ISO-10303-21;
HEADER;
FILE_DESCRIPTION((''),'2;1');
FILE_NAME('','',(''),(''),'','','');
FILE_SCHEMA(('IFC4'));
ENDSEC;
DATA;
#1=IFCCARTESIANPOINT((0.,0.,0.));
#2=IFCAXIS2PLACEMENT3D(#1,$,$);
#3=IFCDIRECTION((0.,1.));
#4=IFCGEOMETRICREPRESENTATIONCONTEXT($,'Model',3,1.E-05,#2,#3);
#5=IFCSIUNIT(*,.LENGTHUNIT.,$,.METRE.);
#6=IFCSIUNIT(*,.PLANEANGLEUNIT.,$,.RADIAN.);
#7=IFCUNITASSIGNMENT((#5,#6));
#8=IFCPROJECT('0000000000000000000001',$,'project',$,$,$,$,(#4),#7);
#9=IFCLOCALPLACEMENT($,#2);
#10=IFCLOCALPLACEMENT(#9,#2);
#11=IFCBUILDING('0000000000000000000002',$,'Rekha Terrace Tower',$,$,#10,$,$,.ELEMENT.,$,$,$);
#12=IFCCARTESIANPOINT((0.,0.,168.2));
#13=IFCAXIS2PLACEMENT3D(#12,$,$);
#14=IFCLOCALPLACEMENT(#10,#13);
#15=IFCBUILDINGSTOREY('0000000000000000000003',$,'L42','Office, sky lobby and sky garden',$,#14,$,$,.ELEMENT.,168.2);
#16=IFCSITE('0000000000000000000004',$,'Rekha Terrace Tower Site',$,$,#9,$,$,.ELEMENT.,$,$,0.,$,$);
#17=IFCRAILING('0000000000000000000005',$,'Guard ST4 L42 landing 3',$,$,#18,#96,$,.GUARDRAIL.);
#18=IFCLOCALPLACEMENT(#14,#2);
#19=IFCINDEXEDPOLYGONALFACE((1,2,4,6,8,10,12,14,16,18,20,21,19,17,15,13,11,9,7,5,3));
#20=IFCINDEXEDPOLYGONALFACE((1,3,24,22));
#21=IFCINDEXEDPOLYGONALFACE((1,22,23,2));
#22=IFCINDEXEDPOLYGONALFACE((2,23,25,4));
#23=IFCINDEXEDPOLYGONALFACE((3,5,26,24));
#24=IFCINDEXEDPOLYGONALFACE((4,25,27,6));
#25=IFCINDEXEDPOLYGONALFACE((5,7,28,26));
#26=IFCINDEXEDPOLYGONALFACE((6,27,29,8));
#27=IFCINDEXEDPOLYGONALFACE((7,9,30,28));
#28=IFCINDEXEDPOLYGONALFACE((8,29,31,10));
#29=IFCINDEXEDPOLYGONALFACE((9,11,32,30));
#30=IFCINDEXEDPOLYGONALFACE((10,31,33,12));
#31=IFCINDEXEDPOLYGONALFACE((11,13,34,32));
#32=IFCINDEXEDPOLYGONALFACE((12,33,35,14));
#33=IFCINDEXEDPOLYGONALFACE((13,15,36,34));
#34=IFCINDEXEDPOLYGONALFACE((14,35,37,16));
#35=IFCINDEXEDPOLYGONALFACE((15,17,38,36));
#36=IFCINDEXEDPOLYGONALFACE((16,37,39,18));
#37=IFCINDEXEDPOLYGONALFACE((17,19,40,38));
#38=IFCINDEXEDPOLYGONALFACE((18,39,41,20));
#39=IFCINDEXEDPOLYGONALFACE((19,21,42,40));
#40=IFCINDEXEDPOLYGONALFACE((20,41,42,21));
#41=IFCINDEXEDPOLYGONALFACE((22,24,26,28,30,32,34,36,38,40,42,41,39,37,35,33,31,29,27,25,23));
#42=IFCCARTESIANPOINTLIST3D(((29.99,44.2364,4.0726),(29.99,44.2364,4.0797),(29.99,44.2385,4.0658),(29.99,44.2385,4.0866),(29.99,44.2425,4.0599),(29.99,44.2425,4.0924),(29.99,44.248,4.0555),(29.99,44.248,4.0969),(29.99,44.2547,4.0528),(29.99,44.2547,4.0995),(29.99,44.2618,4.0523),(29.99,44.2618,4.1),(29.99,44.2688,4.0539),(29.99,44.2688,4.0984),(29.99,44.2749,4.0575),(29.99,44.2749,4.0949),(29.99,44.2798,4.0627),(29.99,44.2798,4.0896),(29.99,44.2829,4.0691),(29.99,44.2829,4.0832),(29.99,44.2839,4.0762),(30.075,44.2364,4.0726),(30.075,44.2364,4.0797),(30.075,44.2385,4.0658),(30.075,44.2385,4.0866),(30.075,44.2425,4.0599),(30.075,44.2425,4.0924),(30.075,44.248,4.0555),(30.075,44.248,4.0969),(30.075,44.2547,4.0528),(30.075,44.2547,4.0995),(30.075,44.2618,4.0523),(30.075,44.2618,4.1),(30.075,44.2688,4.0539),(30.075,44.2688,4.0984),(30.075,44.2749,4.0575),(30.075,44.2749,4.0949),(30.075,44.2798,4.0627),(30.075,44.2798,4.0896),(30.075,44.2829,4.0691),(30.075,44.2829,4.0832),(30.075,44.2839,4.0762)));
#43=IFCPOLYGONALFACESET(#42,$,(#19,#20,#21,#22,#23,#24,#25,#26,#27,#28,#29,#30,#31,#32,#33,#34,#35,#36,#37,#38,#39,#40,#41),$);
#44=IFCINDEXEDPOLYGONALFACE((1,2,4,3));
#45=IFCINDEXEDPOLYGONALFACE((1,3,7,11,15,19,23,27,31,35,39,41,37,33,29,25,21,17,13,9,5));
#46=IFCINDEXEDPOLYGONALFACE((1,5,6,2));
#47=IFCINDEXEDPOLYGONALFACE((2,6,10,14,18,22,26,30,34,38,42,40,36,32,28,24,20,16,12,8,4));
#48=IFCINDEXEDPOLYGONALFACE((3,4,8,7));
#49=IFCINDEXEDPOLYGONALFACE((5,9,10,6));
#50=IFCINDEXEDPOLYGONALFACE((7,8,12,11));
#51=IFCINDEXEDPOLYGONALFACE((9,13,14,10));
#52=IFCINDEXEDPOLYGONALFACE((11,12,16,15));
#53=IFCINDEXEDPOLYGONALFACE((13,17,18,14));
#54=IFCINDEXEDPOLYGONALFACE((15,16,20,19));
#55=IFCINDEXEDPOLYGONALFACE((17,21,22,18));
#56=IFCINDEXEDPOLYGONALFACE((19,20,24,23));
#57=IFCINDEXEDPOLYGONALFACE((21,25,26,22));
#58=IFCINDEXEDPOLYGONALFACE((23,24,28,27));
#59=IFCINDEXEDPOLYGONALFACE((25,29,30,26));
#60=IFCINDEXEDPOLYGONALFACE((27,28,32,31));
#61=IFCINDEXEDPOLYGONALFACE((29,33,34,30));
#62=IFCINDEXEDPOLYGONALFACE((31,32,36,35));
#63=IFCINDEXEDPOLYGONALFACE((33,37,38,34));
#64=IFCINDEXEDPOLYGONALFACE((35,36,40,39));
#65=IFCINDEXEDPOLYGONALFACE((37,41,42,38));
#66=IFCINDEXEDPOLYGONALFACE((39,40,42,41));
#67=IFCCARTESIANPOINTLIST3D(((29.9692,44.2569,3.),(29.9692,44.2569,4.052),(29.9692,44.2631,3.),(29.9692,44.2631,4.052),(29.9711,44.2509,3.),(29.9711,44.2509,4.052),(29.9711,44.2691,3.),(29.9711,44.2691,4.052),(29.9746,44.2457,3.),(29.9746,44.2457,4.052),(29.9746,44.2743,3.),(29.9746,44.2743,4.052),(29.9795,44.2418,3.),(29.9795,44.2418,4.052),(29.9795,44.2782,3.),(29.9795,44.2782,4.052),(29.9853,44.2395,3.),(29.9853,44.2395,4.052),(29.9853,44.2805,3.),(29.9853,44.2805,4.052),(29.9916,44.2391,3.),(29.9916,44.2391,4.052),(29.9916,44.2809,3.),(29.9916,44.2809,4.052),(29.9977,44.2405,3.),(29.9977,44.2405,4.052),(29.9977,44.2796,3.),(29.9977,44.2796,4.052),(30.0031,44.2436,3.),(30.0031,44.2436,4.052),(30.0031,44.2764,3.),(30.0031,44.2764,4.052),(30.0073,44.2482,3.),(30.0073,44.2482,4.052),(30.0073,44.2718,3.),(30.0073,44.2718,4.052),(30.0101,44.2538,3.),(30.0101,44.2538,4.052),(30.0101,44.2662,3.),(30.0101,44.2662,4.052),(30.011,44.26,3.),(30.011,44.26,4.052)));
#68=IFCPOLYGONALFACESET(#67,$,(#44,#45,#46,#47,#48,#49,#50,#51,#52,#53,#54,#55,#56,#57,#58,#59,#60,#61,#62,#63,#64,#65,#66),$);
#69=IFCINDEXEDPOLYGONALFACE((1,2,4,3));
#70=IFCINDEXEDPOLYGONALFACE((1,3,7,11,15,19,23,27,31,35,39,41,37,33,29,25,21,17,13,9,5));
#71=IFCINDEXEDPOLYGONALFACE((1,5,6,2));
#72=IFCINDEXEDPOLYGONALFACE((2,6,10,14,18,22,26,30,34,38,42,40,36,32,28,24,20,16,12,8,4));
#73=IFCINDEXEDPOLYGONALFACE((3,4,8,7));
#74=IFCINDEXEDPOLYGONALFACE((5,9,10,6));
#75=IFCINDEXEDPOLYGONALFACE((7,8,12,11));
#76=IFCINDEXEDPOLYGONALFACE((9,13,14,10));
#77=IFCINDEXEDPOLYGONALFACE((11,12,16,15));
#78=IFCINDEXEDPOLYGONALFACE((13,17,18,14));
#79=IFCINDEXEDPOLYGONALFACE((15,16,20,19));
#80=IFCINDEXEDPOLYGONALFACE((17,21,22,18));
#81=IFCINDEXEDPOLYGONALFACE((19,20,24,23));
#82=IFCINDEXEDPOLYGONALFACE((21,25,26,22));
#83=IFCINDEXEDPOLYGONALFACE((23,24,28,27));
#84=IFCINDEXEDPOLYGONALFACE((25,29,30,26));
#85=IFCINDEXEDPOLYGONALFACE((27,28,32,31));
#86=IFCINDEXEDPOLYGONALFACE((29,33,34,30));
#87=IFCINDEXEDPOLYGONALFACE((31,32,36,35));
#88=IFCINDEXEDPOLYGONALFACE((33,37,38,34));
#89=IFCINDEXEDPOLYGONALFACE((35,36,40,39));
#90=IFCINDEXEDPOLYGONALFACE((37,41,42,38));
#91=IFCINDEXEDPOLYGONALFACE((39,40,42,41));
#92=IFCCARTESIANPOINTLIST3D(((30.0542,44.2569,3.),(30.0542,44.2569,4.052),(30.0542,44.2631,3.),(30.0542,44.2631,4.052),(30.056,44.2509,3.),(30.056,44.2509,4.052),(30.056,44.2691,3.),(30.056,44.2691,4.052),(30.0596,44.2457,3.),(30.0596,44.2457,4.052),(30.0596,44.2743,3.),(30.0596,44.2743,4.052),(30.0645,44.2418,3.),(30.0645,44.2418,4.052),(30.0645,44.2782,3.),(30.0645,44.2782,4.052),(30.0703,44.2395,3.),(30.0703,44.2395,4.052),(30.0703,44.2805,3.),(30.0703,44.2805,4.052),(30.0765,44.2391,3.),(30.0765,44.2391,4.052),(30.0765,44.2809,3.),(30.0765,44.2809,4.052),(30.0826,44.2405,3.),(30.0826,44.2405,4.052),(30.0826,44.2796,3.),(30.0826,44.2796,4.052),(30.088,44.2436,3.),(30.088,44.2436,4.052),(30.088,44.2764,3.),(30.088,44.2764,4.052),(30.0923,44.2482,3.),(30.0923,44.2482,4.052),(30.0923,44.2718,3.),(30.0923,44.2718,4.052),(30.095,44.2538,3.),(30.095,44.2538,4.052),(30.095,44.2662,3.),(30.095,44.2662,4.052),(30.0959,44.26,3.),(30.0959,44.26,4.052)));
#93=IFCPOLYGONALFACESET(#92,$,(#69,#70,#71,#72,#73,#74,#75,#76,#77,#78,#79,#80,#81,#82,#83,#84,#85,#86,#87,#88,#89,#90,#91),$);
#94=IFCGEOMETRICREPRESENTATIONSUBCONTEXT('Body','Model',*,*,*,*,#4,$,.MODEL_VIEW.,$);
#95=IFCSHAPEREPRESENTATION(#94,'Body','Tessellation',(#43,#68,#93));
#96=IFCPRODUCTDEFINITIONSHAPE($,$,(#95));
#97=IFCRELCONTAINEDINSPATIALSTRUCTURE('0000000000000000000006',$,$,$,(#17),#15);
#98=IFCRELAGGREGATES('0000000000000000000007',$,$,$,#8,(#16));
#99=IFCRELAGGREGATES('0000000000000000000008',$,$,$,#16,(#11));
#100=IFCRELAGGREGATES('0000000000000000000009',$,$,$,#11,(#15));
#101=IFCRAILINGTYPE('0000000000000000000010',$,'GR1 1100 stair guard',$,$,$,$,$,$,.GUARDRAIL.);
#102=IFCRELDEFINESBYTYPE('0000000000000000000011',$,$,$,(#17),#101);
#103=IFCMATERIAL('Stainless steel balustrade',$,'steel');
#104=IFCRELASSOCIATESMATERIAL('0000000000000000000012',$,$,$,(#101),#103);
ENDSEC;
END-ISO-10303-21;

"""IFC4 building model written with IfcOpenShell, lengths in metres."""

from ifc_helpers import new_model, si_unit, direction, frame, origin, origin_2d, place, context, subcontext, project, spatial, circle, extrude, material, type_object, element, save


model = new_model("IFC4")

# Units and contexts
model_context = context("Model", 3, precision=1e-05, world=origin(), true_north=direction((0.0, 1.0)))
body_context = subcontext(model_context, "Body", "Model", "MODEL_VIEW")
ifc_project = project(units=[si_unit("LENGTHUNIT", "METRE"), si_unit("PLANEANGLEUNIT", "RADIAN")], contexts=[model_context])

# Site, building, storey
site_placement = place(None, origin())
site = spatial("IfcSite", under=ifc_project, at=site_placement, Name="Rekha Terrace Tower Site", CompositionType="ELEMENT", RefElevation=0.0)
building_placement = place(site_placement, origin())
building = spatial("IfcBuilding", under=site, at=building_placement, Name="Rekha Terrace Tower", CompositionType="ELEMENT")
storey_placement = place(building_placement, frame((0.0, 0.0, 168.2)))
storey = spatial("IfcBuildingStorey", under=building, at=storey_placement, Name="L42", Description="Office, sky lobby and sky garden", CompositionType="ELEMENT", Elevation=168.2)

# Railing
ifc_material_1 = material(Name="Stainless steel balustrade", Category="steel")
railing_type_1 = type_object("IfcRailingType", Name="GR1 1100 stair guard", PredefinedType="GUARDRAIL", material=ifc_material_1)
railing_1_placement = place(storey_placement, frame((29.99, 44.26, 3.0)))
element("IfcRailing", 1, at=railing_1_placement, inside=storey, type_object=railing_type_1, Name="Guard ST4 L42 landing 3", PredefinedType="GUARDRAIL", context=body_context, shape_type="SweptSolid", body=[
    extrude(circle(Radius=0.0239, at=origin_2d()), frame((0.0, 0.0, 1.0762), z_axis=(1.0, 0.0, 0.0), x_axis=(0.0, 1.0, 0.0)), (0.0, 0.0, 1.0), 0.085),
    extrude(circle(Radius=0.021, at=origin_2d()), origin(), (0.0, 0.0, 1.0), 1.052),
    extrude(circle(Radius=0.021, at=origin_2d()), frame((0.085, 0.0, 0.0)), (0.0, 0.0, 1.0), 1.052),
])

save(model, "model.ifc")
